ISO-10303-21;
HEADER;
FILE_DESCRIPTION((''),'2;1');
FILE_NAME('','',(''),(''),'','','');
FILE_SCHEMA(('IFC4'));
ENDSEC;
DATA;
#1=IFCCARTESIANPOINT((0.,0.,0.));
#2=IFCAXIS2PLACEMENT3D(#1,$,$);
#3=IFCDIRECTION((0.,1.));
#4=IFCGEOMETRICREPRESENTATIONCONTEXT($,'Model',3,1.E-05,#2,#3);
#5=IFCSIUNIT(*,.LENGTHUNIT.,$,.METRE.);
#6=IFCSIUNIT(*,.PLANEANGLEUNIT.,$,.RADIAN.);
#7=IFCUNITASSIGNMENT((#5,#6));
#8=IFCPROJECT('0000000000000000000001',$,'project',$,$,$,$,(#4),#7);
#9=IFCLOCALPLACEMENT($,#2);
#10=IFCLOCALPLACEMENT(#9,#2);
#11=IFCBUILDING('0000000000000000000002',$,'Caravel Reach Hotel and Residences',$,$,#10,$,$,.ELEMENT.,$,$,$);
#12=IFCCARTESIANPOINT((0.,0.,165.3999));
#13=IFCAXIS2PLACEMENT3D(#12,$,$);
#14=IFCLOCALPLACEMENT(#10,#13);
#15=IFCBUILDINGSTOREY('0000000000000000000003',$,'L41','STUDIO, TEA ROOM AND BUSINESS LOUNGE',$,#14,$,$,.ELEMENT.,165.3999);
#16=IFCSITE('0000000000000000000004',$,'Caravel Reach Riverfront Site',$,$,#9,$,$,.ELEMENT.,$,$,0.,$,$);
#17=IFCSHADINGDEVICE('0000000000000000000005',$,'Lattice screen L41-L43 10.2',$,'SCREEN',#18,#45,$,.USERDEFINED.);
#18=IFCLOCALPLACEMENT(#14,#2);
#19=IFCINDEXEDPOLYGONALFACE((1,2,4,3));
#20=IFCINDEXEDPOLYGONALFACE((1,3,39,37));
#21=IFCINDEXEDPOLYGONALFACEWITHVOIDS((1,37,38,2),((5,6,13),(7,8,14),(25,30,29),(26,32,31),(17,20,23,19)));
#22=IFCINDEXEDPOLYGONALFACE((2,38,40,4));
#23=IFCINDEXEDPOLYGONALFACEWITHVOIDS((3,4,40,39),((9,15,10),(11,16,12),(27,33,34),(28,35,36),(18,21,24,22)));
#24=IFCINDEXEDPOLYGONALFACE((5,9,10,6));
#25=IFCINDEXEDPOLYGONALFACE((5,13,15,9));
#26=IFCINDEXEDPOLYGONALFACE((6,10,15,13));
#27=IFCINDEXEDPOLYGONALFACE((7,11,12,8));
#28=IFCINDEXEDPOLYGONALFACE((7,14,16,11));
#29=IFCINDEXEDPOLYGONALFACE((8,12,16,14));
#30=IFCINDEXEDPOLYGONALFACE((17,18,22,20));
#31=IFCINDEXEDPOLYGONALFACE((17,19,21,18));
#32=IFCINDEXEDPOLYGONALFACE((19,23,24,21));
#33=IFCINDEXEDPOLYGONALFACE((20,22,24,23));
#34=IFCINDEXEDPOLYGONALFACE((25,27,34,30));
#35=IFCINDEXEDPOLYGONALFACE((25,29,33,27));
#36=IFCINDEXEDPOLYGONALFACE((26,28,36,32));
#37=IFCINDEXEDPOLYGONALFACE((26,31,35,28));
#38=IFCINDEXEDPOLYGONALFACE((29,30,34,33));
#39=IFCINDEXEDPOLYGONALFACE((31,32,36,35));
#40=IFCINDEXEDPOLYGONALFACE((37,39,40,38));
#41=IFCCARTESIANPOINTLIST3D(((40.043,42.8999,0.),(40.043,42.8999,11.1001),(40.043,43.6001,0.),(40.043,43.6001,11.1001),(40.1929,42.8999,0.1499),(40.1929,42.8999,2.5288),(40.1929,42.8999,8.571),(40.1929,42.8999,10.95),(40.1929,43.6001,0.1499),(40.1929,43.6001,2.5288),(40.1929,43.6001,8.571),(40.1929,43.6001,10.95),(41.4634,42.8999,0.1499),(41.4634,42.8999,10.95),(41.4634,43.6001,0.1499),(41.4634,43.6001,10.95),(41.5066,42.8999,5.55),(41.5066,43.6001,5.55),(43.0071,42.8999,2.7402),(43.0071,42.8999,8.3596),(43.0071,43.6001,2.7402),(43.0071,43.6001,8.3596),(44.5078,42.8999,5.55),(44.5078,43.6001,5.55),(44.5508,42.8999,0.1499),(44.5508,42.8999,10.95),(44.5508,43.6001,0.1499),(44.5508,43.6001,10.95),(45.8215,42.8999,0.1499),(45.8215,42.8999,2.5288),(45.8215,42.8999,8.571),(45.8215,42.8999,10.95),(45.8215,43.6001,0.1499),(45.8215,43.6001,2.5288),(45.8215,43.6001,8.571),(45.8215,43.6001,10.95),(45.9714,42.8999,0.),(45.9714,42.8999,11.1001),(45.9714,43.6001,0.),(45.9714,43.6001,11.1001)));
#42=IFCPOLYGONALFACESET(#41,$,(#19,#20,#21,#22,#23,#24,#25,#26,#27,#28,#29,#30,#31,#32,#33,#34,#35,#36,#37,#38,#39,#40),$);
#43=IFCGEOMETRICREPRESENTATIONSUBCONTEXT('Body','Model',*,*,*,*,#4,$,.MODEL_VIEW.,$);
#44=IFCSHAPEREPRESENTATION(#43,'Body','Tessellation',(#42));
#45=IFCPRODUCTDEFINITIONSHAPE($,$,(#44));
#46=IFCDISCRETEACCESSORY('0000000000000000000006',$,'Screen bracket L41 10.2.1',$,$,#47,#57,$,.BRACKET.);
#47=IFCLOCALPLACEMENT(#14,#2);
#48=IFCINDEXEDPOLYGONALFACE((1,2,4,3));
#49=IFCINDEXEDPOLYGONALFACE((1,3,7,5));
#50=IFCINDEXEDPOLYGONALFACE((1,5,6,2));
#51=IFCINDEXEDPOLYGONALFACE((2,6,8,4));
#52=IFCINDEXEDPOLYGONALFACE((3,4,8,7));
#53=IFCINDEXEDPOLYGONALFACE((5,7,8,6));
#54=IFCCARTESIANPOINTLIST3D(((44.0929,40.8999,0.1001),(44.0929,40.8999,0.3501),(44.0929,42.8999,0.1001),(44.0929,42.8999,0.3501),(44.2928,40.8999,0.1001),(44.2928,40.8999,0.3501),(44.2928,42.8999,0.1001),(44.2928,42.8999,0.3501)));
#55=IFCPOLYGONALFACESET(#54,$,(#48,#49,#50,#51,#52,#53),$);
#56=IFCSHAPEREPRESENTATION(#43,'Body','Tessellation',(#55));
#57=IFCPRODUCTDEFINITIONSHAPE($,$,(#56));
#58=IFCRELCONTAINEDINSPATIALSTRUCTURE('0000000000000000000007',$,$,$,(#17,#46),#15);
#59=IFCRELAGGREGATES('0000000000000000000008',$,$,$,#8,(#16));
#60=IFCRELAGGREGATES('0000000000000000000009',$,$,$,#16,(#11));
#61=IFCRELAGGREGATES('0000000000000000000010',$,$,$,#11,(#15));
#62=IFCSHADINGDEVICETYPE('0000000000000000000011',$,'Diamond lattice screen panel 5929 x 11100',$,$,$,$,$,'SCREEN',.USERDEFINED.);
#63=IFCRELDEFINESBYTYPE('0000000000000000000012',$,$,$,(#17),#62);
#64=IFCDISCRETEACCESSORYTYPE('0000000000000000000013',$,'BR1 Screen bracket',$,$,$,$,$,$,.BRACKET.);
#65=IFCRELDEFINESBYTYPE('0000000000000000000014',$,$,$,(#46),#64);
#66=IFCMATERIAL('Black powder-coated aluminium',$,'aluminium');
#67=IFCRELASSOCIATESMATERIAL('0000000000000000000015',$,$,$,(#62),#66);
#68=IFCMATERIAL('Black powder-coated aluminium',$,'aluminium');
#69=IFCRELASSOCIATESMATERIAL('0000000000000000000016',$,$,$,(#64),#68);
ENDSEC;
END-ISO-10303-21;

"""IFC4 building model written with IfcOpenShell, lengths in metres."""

from ifc_helpers import new_model, si_unit, direction, frame, origin, origin_2d, place, context, subcontext, project, spatial, polyline, rectangle, outline, extrude, material, type_object, element, save


model = new_model("IFC4")

# Units and contexts
model_context = context("Model", 3, precision=1e-05, world=origin(), true_north=direction((0.0, 1.0)))
body_context = subcontext(model_context, "Body", "Model", "MODEL_VIEW")
ifc_project = project(units=[si_unit("LENGTHUNIT", "METRE"), si_unit("PLANEANGLEUNIT", "RADIAN")], contexts=[model_context])

# Site, building, storey
site_placement = place(None, origin())
site = spatial("IfcSite", under=ifc_project, at=site_placement, Name="Caravel Reach Riverfront Site", CompositionType="ELEMENT", RefElevation=0.0)
building_placement = place(site_placement, origin())
building = spatial("IfcBuilding", under=site, at=building_placement, Name="Caravel Reach Hotel and Residences", CompositionType="ELEMENT")
storey_placement = place(building_placement, frame((0.0, 0.0, 165.3999)))
storey = spatial("IfcBuildingStorey", under=building, at=storey_placement, Name="L41", Description="STUDIO, TEA ROOM AND BUSINESS LOUNGE", CompositionType="ELEMENT", Elevation=165.3999)

# Shading device
ifc_material_1 = material(Name="Black powder-coated aluminium", Category="aluminium")
shading_device_type = type_object("IfcShadingDeviceType", Name="Diamond lattice screen panel 5929 x 11100", ElementType="SCREEN", PredefinedType="USERDEFINED", material=ifc_material_1)
shading_device_placement = place(storey_placement, frame((45.9714, 42.8999, 0.0), z_axis=(0.0, 1.0, 0.0), x_axis=(-1.0, 0.0, 0.0)))
element("IfcShadingDevice", 1, at=shading_device_placement, inside=storey, type_object=shading_device_type, Name="Lattice screen L41-L43 10.2", ObjectType="SCREEN", PredefinedType="USERDEFINED", context=body_context, shape_type="SweptSolid", body=[
    extrude(outline(polyline([(0.0, 0.0), (5.9285, 0.0), (5.9285, 11.1001), (0.0, 11.1001), (0.0, 0.0)]), holes=[polyline([(1.4207, 0.1499), (0.1499, 2.5288), (0.1499, 0.1499), (1.4207, 0.1499)]), polyline([(0.1499, 8.571), (1.4207, 10.95), (0.1499, 10.95), (0.1499, 8.571)]), polyline([(2.9644, 8.3596), (1.4636, 5.55), (2.9644, 2.7402), (4.4648, 5.55), (2.9644, 8.3596)]), polyline([(5.7786, 2.5288), (4.5081, 0.1499), (5.7786, 0.1499), (5.7786, 2.5288)]), polyline([(4.5081, 10.95), (5.7786, 8.571), (5.7786, 10.95), (4.5081, 10.95)])]), origin(), (0.0, 0.0, 1.0), 0.7002),
])

# Discrete accessory
ifc_material_2 = material(Name="Black powder-coated aluminium", Category="aluminium")
discrete_accessory_type = type_object("IfcDiscreteAccessoryType", Name="BR1 Screen bracket", PredefinedType="BRACKET", material=ifc_material_2)
discrete_accessory_placement = place(storey_placement, frame((44.1929, 41.8999, 0.1001), z_axis=(0.0, 0.0, 1.0), x_axis=(0.0, 1.0, 0.0)))
element("IfcDiscreteAccessory", 2, at=discrete_accessory_placement, inside=storey, type_object=discrete_accessory_type, Name="Screen bracket L41 10.2.1", PredefinedType="BRACKET", context=body_context, shape_type="SweptSolid", body=[
    extrude(rectangle(XDim=2.0, YDim=0.2, at=origin_2d()), origin(), (0.0, 0.0, 1.0), 0.25),
])

save(model, "model.ifc")
